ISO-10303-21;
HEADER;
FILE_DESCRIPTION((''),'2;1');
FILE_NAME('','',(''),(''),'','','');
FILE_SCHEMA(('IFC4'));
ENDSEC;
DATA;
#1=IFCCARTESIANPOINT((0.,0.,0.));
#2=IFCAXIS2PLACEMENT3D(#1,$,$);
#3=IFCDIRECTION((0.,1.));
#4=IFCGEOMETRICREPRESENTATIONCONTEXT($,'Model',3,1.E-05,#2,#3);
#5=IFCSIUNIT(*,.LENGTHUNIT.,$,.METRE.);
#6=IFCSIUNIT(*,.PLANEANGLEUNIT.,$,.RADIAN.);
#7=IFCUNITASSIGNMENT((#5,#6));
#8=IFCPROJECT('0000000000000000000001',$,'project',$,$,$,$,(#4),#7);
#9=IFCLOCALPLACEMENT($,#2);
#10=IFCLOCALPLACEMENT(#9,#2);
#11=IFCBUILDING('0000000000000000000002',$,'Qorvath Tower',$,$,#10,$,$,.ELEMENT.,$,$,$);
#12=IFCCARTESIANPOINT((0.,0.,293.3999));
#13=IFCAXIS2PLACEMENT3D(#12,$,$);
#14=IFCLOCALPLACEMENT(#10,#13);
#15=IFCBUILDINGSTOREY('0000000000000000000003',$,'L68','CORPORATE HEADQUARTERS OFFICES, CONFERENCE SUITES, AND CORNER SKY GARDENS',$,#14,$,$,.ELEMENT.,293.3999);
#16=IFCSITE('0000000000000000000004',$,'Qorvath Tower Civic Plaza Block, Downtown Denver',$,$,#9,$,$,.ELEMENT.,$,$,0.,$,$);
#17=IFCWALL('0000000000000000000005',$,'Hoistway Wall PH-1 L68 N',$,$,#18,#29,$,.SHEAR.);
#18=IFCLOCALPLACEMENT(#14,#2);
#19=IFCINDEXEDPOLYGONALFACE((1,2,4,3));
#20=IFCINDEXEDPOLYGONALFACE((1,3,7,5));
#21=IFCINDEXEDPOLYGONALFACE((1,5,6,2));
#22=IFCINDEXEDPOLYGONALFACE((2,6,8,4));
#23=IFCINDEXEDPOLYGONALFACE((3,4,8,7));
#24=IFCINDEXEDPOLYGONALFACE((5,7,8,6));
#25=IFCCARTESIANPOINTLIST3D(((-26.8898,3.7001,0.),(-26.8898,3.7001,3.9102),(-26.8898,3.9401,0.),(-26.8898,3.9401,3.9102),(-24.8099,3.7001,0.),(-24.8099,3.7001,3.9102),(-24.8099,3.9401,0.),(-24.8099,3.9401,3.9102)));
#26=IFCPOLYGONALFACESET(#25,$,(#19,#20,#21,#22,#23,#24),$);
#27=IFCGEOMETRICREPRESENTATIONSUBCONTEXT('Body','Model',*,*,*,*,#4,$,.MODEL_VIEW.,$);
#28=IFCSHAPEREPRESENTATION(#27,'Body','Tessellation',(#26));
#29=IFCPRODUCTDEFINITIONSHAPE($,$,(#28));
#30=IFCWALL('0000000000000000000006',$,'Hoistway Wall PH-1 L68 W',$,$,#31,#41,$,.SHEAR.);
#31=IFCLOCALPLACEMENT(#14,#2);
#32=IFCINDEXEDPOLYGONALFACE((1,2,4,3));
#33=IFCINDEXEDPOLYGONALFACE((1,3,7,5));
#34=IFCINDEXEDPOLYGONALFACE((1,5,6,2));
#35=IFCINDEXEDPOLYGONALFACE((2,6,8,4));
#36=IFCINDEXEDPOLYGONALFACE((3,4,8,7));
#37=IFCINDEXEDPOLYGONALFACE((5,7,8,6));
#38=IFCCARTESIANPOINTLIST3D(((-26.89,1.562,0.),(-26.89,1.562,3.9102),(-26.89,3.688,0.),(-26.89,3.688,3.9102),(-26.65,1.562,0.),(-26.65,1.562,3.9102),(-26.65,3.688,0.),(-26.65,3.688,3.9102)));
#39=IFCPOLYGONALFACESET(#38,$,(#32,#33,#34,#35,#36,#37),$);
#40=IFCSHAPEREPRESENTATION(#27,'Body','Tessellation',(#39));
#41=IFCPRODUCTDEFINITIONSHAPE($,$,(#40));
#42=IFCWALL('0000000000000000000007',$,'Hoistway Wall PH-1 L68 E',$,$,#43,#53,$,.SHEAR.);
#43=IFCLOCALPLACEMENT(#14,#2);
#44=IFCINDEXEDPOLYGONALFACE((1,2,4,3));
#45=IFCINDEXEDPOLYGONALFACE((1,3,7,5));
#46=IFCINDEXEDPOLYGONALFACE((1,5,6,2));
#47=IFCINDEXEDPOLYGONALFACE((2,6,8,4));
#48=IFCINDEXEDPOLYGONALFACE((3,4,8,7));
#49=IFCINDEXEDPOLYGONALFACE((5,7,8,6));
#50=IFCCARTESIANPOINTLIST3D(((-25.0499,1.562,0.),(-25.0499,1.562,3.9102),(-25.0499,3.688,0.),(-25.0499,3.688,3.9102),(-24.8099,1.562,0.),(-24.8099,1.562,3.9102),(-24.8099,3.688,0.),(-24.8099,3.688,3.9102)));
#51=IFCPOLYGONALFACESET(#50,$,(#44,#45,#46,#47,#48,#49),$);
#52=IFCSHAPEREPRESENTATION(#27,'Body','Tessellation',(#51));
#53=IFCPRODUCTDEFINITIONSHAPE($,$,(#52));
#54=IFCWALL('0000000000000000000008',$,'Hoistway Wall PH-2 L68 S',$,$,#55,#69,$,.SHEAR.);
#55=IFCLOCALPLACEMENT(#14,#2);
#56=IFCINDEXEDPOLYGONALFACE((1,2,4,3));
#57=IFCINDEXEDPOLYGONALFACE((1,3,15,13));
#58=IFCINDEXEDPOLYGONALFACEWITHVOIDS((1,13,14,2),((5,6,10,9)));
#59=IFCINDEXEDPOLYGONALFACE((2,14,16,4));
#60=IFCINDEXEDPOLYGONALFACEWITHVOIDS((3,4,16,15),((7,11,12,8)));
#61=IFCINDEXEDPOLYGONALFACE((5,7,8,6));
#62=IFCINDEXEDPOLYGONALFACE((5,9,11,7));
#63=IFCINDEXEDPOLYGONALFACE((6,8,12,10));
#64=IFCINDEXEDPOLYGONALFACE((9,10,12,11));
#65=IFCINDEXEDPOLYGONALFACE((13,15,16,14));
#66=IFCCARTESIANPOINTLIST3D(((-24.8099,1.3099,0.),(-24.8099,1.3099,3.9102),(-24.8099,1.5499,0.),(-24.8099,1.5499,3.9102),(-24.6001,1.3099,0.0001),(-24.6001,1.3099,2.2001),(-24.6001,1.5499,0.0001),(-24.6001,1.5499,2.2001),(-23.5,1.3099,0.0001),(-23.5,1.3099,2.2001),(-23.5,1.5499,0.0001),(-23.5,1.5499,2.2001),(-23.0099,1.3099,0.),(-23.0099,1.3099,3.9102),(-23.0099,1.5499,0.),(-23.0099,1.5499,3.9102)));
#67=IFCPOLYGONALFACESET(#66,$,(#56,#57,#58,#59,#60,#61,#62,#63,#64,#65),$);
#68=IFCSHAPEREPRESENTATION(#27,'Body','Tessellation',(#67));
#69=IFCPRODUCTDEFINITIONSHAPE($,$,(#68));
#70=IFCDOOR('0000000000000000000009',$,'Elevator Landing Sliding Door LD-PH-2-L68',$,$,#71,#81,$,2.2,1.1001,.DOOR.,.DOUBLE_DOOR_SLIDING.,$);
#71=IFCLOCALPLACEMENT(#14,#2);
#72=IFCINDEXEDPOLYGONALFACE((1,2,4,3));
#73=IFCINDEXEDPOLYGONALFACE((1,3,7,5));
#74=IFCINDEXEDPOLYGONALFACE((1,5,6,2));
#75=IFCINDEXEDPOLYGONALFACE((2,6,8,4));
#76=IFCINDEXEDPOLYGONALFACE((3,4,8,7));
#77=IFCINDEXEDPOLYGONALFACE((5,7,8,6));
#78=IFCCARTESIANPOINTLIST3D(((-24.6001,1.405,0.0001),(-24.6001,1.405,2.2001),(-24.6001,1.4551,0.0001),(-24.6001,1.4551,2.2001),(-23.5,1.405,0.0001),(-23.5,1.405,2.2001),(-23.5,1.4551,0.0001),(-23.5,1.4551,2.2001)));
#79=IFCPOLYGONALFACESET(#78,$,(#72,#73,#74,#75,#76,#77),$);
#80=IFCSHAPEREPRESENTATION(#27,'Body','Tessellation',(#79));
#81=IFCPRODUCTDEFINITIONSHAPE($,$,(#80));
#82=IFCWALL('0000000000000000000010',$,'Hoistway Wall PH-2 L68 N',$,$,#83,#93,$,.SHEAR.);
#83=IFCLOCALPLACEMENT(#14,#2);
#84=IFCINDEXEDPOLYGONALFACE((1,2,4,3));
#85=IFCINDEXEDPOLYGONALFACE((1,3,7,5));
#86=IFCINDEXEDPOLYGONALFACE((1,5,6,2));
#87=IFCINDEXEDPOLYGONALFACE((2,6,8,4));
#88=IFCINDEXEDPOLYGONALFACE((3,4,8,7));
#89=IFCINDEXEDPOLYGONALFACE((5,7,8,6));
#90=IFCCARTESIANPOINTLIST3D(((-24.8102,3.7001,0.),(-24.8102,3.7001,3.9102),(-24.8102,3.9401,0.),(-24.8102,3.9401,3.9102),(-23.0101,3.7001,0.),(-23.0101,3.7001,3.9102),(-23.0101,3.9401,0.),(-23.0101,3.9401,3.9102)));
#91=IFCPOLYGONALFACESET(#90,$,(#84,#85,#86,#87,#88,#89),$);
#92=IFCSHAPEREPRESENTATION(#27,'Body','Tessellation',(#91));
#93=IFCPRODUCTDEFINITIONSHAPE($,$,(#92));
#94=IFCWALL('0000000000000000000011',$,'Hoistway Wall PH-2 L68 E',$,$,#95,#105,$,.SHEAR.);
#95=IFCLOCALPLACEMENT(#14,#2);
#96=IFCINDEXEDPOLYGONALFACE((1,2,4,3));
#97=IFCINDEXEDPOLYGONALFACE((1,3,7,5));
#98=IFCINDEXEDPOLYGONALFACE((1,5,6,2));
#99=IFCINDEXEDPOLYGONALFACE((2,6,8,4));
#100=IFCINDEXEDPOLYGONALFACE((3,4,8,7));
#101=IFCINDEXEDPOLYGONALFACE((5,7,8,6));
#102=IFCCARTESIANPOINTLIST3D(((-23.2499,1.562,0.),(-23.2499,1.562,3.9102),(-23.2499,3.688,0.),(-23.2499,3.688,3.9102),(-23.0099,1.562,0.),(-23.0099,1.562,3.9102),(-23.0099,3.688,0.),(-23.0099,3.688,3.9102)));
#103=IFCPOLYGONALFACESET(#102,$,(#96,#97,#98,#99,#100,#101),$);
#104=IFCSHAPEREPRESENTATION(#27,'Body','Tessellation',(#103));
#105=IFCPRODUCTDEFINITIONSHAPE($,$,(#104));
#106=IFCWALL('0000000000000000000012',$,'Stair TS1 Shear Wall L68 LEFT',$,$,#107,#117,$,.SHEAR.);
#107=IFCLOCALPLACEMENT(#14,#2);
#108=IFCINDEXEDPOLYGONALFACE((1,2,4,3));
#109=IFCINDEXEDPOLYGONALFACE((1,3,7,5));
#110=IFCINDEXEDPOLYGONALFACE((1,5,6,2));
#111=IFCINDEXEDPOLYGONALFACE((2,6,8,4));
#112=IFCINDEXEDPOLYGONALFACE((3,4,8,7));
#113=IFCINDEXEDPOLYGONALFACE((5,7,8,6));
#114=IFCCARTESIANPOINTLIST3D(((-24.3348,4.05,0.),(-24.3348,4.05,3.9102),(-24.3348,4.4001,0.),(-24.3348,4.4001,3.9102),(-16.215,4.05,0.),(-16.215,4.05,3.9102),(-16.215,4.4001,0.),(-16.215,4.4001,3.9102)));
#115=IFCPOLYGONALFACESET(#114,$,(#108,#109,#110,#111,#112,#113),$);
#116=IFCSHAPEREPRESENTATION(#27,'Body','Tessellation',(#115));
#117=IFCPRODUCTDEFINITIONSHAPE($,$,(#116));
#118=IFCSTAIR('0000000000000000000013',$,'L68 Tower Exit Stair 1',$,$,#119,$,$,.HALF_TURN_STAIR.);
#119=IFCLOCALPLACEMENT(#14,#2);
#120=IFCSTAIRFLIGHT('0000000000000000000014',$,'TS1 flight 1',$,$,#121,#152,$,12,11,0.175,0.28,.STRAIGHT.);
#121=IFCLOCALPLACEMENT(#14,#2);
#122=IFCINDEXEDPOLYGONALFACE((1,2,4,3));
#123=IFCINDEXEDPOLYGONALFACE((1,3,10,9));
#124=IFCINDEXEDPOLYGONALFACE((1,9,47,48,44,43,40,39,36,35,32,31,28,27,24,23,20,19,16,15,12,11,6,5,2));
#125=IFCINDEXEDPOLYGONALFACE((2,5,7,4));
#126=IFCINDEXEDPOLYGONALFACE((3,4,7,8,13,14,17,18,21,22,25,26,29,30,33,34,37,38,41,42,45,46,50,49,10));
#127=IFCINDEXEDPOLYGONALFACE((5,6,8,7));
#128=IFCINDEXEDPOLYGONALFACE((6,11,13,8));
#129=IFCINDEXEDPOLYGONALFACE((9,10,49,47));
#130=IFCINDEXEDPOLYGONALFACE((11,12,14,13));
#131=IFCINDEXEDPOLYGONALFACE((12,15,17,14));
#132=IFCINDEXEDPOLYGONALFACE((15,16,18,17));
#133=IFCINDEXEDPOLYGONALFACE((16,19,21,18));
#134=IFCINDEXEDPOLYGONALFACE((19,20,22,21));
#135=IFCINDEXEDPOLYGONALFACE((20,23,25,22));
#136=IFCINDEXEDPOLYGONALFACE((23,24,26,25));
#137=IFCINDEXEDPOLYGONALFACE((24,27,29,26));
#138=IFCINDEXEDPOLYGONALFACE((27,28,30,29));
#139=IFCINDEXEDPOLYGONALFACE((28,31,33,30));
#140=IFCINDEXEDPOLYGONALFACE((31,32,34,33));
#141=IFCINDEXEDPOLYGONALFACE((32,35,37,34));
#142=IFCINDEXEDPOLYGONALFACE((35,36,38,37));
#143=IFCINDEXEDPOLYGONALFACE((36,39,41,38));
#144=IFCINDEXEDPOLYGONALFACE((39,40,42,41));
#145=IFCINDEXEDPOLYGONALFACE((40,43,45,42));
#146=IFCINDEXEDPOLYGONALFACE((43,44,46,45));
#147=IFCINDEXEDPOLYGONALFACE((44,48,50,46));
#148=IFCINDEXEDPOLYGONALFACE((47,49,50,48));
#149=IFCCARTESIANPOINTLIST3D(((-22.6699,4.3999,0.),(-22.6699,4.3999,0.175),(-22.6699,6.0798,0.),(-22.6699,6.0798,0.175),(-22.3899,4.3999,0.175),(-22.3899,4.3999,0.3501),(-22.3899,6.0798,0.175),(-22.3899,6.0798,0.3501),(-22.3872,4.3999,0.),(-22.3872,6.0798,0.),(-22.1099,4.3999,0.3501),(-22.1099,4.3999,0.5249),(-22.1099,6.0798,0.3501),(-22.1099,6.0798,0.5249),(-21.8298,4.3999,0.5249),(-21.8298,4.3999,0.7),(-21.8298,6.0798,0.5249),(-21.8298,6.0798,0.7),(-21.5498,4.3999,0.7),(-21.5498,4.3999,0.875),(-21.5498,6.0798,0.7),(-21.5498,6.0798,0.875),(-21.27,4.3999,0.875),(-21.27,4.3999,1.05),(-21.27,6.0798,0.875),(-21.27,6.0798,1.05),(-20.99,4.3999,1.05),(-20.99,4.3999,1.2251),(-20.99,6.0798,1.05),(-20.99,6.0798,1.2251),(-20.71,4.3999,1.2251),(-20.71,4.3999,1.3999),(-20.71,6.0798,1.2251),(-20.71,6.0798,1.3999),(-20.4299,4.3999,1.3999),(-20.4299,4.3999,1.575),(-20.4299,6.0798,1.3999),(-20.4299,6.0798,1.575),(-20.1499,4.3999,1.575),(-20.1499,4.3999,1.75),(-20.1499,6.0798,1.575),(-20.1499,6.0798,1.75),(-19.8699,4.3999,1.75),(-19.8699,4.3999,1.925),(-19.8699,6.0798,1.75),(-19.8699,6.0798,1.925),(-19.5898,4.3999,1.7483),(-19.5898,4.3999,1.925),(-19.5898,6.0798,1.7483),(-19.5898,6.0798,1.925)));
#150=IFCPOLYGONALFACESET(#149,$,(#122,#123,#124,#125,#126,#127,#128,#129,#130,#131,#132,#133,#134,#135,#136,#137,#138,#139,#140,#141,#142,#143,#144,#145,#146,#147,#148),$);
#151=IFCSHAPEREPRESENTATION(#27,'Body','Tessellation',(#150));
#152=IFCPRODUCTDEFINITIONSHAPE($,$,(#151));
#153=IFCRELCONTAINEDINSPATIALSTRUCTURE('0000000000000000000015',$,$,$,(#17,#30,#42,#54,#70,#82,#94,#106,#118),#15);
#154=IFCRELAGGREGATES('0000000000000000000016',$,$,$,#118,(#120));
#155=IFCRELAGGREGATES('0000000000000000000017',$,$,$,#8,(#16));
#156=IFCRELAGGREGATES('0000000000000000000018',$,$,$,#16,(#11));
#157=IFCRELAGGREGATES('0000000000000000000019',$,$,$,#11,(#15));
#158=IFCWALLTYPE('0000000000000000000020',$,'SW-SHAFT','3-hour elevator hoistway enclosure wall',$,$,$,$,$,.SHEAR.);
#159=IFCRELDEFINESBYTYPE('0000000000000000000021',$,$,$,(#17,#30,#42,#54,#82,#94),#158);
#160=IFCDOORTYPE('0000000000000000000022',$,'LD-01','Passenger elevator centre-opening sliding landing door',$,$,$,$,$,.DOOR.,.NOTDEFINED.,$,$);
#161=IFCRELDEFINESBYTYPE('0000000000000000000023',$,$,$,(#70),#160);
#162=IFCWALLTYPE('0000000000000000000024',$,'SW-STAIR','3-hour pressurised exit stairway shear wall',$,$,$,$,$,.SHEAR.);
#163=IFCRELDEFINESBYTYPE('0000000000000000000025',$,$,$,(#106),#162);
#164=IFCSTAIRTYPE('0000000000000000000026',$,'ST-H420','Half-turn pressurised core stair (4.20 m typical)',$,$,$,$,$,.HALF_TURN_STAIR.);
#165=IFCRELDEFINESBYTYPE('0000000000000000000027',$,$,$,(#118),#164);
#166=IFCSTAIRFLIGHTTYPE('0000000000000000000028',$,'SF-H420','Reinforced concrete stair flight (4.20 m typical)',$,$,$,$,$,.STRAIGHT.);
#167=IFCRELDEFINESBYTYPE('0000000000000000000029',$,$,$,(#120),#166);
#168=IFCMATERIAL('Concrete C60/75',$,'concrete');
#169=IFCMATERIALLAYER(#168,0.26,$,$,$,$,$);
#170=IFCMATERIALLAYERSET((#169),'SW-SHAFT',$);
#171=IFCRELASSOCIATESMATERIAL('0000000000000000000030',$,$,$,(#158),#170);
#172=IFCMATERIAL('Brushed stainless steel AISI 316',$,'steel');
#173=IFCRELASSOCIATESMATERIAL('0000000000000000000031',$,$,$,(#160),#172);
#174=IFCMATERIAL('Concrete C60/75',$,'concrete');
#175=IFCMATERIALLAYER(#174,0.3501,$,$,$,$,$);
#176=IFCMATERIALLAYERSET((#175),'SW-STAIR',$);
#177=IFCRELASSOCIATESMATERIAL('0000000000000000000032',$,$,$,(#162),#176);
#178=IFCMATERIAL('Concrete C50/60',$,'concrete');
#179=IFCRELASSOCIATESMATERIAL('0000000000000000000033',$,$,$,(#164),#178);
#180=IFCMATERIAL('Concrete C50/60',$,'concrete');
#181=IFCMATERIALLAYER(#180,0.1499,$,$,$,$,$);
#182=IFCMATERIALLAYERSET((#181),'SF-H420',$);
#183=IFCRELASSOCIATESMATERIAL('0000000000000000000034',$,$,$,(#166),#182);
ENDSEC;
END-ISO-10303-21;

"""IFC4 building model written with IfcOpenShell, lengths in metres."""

from ifc_helpers import new_model, si_unit, direction, frame, frame_2d, origin, place, context, subcontext, project, spatial, polyline, rectangle, outline, extrude, material, layer, layer_set, type_object, element, fill, aggregate, save


model = new_model("IFC4")

# Units and contexts
model_context = context("Model", 3, precision=1e-05, world=origin(), true_north=direction((0.0, 1.0)))
body_context = subcontext(model_context, "Body", "Model", "MODEL_VIEW")
ifc_project = project(units=[si_unit("LENGTHUNIT", "METRE"), si_unit("PLANEANGLEUNIT", "RADIAN")], contexts=[model_context])

# Site, building, storey
site_placement = place(None, origin())
site = spatial("IfcSite", under=ifc_project, at=site_placement, Name="Qorvath Tower Civic Plaza Block, Downtown Denver", CompositionType="ELEMENT", RefElevation=0.0)
building_placement = place(site_placement, origin())
building = spatial("IfcBuilding", under=site, at=building_placement, Name="Qorvath Tower", CompositionType="ELEMENT")
storey_placement = place(building_placement, frame((0.0, 0.0, 293.3999)))
storey = spatial("IfcBuildingStorey", under=building, at=storey_placement, Name="L68", Description="CORPORATE HEADQUARTERS OFFICES, CONFERENCE SUITES, AND CORNER SKY GARDENS", CompositionType="ELEMENT", Elevation=293.3999)

# Shared definitions
ifc_material_1 = material(Name="Concrete C60/75", Category="concrete")
ifc_layer_1 = layer(ifc_material_1, 0.26)
ifc_layer_set_1 = layer_set([ifc_layer_1], Name="SW-SHAFT")
wall_type_1 = type_object("IfcWallType", Name="SW-SHAFT", Description="3-hour elevator hoistway enclosure wall", PredefinedType="SHEAR", material=ifc_layer_set_1)

# Shared definitions
ifc_material_2 = material(Name="Brushed stainless steel AISI 316", Category="steel")
door_type_1 = type_object("IfcDoorType", Name="LD-01", Description="Passenger elevator centre-opening sliding landing door", OperationType="NOTDEFINED", PredefinedType="DOOR", material=ifc_material_2)

# Walls
wall_1_placement = place(storey_placement, frame((-26.8899, 3.8201, 0.0), z_axis=(0.0, 0.0, 1.0), x_axis=(1.0, 0.0, 0.0)))
element("IfcWall", 1, at=wall_1_placement, inside=storey, type_object=wall_type_1, Name="Hoistway Wall PH-1 L68 N", PredefinedType="SHEAR", context=body_context, shape_type="SweptSolid", body=[
    extrude(rectangle(XDim=2.0798, YDim=0.24, at=frame_2d((1.04, 0.0))), origin(), (0.0, 0.0, 1.0), 3.9102),
])
for number, where, z_axis, x_axis, name in (
    (2, (-26.77, 1.562, 0.0), (0.0, 0.0, 1.0), (0.0, 1.0, 0.0), "Hoistway Wall PH-1 L68 W"),
    (3, (-24.9299, 3.688, 0.0), (0.0, 0.0, 1.0), (0.0, -1.0, 0.0), "Hoistway Wall PH-1 L68 E"),
):
    element("IfcWall", number, at=place(storey_placement, frame(where, z_axis=z_axis, x_axis=x_axis)), inside=storey, type_object=wall_type_1, Name=name, PredefinedType="SHEAR", context=body_context, shape_type="SweptSolid", body=[
        extrude(rectangle(XDim=2.126, YDim=0.24, at=frame_2d((1.063, 0.0))), origin(), (0.0, 0.0, 1.0), 3.9102),
    ])

# Wall, opening, door
wall_2_placement = place(storey_placement, frame((-23.01, 1.4299, 0.0), z_axis=(0.0, 0.0, 1.0), x_axis=(-1.0, 0.0, 0.0)))
wall_2 = element("IfcWall", 4, at=wall_2_placement, inside=storey, type_object=wall_type_1, Name="Hoistway Wall PH-2 L68 S", PredefinedType="SHEAR", context=body_context, shape_type="SweptSolid", body=[
    extrude(rectangle(XDim=1.8, YDim=0.24, at=frame_2d((0.8999, 0.0))), origin(), (0.0, 0.0, 1.0), 3.9102),
])
opening_1_placement = place(wall_2_placement, frame((0.49, 0.0, 0.0)))
opening_1 = element("IfcOpeningElement", 5, at=opening_1_placement, cuts=wall_2, PredefinedType="OPENING", context=body_context, shape_type="SweptSolid", body=[
    extrude(rectangle(XDim=1.1001, YDim=2.2, at=frame_2d((0.55, 1.1001))), frame((0.0, 0.1299, 0.0), z_axis=(0.0, -1.0, 0.0), x_axis=(1.0, 0.0, 0.0)), (0.0, 0.0, 1.0), 0.26),
])
door_1_placement = place(opening_1_placement, origin())
door_1 = element("IfcDoor", 6, at=door_1_placement, inside=storey, type_object=door_type_1, Name="Elevator Landing Sliding Door LD-PH-2-L68", OperationType="DOUBLE_DOOR_SLIDING", OverallHeight=2.2, OverallWidth=1.1001, PredefinedType="DOOR", context=body_context, shape_type="SweptSolid", body=[
    extrude(rectangle(XDim=1.1001, YDim=2.2, at=frame_2d((0.55, 1.1001))), frame((0.0, 0.0249, 0.0), z_axis=(0.0, -1.0, 0.0), x_axis=(1.0, 0.0, 0.0)), (0.0, 0.0, 1.0), 0.05),
])
fill(opening_1, door_1)

# Walls
wall_3_placement = place(storey_placement, frame((-24.8101, 3.8201, 0.0), z_axis=(0.0, 0.0, 1.0), x_axis=(1.0, 0.0, 0.0)))
element("IfcWall", 7, at=wall_3_placement, inside=storey, type_object=wall_type_1, Name="Hoistway Wall PH-2 L68 N", PredefinedType="SHEAR", context=body_context, shape_type="SweptSolid", body=[
    extrude(rectangle(XDim=1.8, YDim=0.24, at=frame_2d((0.8999, 0.0))), origin(), (0.0, 0.0, 1.0), 3.9102),
])
wall_4_placement = place(storey_placement, frame((-23.1299, 3.688, 0.0), z_axis=(0.0, 0.0, 1.0), x_axis=(0.0, -1.0, 0.0)))
element("IfcWall", 8, at=wall_4_placement, inside=storey, type_object=wall_type_1, Name="Hoistway Wall PH-2 L68 E", PredefinedType="SHEAR", context=body_context, shape_type="SweptSolid", body=[
    extrude(rectangle(XDim=2.126, YDim=0.24, at=frame_2d((1.063, 0.0))), origin(), (0.0, 0.0, 1.0), 3.9102),
])
ifc_material_3 = material(Name="Concrete C60/75", Category="concrete")
ifc_layer_2 = layer(ifc_material_3, 0.3501)
ifc_layer_set_2 = layer_set([ifc_layer_2], Name="SW-STAIR")
wall_type_2 = type_object("IfcWallType", Name="SW-STAIR", Description="3-hour pressurised exit stairway shear wall", PredefinedType="SHEAR", material=ifc_layer_set_2)
wall_5_placement = place(storey_placement, frame((-24.335, 4.2251, 0.0), z_axis=(0.0, 0.0, 1.0), x_axis=(1.0, 0.0, 0.0)))
element("IfcWall", 9, at=wall_5_placement, inside=storey, type_object=wall_type_2, Name="Stair TS1 Shear Wall L68 LEFT", PredefinedType="SHEAR", context=body_context, shape_type="SweptSolid", body=[
    extrude(rectangle(XDim=8.1199, YDim=0.3501, at=frame_2d((4.0601, 0.0))), origin(), (0.0, 0.0, 1.0), 3.9102),
])

# Stair, stair flight
ifc_material_4 = material(Name="Concrete C50/60", Category="concrete")
stair_type = type_object("IfcStairType", Name="ST-H420", Description="Half-turn pressurised core stair (4.20 m typical)", PredefinedType="HALF_TURN_STAIR", material=ifc_material_4)
stair_placement = place(storey_placement, origin())
stair = element("IfcStair", 10, at=stair_placement, inside=storey, type_object=stair_type, Name="L68 Tower Exit Stair 1", PredefinedType="HALF_TURN_STAIR")
ifc_material_5 = material(Name="Concrete C50/60", Category="concrete")
ifc_layer_3 = layer(ifc_material_5, 0.1499)
ifc_layer_set_3 = layer_set([ifc_layer_3], Name="SF-H420")
stair_flight_type = type_object("IfcStairFlightType", Name="SF-H420", Description="Reinforced concrete stair flight (4.20 m typical)", PredefinedType="STRAIGHT", material=ifc_layer_set_3)
stair_flight_placement = place(storey_placement, frame((-22.6699, 5.24, 0.0), z_axis=(0.0, 0.0, 1.0), x_axis=(1.0, 0.0, 0.0)))
stair_flight = element("IfcStairFlight", 11, at=stair_flight_placement, type_object=stair_flight_type, Name="TS1 flight 1", NumberOfRisers=12, NumberOfTreads=11, PredefinedType="STRAIGHT", RiserHeight=0.175, TreadLength=0.28, context=body_context, shape_type="SweptSolid", body=[
    extrude(outline(polyline([(0.0, 0.0), (0.0, 0.175), (0.28, 0.175), (0.28, 0.3501), (0.5601, 0.3501), (0.5601, 0.5249), (0.8401, 0.5249), (0.8401, 0.7), (1.1201, 0.7), (1.1201, 0.875), (1.3999, 0.875), (1.3999, 1.05), (1.6799, 1.05), (1.6799, 1.2251), (1.96, 1.2251), (1.96, 1.3999), (2.24, 1.3999), (2.24, 1.575), (2.52, 1.575), (2.52, 1.75), (2.8, 1.75), (2.8, 1.925), (3.0801, 1.925), (3.0801, 2.1001), (3.0801, 1.7483), (0.2827, 0.0), (0.0, 0.0)])), frame((0.0, 0.8398, 0.0), z_axis=(0.0, -1.0, 0.0), x_axis=(1.0, 0.0, 0.0)), (0.0, 0.0, 1.0), 1.6799),
])
aggregate(stair, [stair_flight])

save(model, "model.ifc")
